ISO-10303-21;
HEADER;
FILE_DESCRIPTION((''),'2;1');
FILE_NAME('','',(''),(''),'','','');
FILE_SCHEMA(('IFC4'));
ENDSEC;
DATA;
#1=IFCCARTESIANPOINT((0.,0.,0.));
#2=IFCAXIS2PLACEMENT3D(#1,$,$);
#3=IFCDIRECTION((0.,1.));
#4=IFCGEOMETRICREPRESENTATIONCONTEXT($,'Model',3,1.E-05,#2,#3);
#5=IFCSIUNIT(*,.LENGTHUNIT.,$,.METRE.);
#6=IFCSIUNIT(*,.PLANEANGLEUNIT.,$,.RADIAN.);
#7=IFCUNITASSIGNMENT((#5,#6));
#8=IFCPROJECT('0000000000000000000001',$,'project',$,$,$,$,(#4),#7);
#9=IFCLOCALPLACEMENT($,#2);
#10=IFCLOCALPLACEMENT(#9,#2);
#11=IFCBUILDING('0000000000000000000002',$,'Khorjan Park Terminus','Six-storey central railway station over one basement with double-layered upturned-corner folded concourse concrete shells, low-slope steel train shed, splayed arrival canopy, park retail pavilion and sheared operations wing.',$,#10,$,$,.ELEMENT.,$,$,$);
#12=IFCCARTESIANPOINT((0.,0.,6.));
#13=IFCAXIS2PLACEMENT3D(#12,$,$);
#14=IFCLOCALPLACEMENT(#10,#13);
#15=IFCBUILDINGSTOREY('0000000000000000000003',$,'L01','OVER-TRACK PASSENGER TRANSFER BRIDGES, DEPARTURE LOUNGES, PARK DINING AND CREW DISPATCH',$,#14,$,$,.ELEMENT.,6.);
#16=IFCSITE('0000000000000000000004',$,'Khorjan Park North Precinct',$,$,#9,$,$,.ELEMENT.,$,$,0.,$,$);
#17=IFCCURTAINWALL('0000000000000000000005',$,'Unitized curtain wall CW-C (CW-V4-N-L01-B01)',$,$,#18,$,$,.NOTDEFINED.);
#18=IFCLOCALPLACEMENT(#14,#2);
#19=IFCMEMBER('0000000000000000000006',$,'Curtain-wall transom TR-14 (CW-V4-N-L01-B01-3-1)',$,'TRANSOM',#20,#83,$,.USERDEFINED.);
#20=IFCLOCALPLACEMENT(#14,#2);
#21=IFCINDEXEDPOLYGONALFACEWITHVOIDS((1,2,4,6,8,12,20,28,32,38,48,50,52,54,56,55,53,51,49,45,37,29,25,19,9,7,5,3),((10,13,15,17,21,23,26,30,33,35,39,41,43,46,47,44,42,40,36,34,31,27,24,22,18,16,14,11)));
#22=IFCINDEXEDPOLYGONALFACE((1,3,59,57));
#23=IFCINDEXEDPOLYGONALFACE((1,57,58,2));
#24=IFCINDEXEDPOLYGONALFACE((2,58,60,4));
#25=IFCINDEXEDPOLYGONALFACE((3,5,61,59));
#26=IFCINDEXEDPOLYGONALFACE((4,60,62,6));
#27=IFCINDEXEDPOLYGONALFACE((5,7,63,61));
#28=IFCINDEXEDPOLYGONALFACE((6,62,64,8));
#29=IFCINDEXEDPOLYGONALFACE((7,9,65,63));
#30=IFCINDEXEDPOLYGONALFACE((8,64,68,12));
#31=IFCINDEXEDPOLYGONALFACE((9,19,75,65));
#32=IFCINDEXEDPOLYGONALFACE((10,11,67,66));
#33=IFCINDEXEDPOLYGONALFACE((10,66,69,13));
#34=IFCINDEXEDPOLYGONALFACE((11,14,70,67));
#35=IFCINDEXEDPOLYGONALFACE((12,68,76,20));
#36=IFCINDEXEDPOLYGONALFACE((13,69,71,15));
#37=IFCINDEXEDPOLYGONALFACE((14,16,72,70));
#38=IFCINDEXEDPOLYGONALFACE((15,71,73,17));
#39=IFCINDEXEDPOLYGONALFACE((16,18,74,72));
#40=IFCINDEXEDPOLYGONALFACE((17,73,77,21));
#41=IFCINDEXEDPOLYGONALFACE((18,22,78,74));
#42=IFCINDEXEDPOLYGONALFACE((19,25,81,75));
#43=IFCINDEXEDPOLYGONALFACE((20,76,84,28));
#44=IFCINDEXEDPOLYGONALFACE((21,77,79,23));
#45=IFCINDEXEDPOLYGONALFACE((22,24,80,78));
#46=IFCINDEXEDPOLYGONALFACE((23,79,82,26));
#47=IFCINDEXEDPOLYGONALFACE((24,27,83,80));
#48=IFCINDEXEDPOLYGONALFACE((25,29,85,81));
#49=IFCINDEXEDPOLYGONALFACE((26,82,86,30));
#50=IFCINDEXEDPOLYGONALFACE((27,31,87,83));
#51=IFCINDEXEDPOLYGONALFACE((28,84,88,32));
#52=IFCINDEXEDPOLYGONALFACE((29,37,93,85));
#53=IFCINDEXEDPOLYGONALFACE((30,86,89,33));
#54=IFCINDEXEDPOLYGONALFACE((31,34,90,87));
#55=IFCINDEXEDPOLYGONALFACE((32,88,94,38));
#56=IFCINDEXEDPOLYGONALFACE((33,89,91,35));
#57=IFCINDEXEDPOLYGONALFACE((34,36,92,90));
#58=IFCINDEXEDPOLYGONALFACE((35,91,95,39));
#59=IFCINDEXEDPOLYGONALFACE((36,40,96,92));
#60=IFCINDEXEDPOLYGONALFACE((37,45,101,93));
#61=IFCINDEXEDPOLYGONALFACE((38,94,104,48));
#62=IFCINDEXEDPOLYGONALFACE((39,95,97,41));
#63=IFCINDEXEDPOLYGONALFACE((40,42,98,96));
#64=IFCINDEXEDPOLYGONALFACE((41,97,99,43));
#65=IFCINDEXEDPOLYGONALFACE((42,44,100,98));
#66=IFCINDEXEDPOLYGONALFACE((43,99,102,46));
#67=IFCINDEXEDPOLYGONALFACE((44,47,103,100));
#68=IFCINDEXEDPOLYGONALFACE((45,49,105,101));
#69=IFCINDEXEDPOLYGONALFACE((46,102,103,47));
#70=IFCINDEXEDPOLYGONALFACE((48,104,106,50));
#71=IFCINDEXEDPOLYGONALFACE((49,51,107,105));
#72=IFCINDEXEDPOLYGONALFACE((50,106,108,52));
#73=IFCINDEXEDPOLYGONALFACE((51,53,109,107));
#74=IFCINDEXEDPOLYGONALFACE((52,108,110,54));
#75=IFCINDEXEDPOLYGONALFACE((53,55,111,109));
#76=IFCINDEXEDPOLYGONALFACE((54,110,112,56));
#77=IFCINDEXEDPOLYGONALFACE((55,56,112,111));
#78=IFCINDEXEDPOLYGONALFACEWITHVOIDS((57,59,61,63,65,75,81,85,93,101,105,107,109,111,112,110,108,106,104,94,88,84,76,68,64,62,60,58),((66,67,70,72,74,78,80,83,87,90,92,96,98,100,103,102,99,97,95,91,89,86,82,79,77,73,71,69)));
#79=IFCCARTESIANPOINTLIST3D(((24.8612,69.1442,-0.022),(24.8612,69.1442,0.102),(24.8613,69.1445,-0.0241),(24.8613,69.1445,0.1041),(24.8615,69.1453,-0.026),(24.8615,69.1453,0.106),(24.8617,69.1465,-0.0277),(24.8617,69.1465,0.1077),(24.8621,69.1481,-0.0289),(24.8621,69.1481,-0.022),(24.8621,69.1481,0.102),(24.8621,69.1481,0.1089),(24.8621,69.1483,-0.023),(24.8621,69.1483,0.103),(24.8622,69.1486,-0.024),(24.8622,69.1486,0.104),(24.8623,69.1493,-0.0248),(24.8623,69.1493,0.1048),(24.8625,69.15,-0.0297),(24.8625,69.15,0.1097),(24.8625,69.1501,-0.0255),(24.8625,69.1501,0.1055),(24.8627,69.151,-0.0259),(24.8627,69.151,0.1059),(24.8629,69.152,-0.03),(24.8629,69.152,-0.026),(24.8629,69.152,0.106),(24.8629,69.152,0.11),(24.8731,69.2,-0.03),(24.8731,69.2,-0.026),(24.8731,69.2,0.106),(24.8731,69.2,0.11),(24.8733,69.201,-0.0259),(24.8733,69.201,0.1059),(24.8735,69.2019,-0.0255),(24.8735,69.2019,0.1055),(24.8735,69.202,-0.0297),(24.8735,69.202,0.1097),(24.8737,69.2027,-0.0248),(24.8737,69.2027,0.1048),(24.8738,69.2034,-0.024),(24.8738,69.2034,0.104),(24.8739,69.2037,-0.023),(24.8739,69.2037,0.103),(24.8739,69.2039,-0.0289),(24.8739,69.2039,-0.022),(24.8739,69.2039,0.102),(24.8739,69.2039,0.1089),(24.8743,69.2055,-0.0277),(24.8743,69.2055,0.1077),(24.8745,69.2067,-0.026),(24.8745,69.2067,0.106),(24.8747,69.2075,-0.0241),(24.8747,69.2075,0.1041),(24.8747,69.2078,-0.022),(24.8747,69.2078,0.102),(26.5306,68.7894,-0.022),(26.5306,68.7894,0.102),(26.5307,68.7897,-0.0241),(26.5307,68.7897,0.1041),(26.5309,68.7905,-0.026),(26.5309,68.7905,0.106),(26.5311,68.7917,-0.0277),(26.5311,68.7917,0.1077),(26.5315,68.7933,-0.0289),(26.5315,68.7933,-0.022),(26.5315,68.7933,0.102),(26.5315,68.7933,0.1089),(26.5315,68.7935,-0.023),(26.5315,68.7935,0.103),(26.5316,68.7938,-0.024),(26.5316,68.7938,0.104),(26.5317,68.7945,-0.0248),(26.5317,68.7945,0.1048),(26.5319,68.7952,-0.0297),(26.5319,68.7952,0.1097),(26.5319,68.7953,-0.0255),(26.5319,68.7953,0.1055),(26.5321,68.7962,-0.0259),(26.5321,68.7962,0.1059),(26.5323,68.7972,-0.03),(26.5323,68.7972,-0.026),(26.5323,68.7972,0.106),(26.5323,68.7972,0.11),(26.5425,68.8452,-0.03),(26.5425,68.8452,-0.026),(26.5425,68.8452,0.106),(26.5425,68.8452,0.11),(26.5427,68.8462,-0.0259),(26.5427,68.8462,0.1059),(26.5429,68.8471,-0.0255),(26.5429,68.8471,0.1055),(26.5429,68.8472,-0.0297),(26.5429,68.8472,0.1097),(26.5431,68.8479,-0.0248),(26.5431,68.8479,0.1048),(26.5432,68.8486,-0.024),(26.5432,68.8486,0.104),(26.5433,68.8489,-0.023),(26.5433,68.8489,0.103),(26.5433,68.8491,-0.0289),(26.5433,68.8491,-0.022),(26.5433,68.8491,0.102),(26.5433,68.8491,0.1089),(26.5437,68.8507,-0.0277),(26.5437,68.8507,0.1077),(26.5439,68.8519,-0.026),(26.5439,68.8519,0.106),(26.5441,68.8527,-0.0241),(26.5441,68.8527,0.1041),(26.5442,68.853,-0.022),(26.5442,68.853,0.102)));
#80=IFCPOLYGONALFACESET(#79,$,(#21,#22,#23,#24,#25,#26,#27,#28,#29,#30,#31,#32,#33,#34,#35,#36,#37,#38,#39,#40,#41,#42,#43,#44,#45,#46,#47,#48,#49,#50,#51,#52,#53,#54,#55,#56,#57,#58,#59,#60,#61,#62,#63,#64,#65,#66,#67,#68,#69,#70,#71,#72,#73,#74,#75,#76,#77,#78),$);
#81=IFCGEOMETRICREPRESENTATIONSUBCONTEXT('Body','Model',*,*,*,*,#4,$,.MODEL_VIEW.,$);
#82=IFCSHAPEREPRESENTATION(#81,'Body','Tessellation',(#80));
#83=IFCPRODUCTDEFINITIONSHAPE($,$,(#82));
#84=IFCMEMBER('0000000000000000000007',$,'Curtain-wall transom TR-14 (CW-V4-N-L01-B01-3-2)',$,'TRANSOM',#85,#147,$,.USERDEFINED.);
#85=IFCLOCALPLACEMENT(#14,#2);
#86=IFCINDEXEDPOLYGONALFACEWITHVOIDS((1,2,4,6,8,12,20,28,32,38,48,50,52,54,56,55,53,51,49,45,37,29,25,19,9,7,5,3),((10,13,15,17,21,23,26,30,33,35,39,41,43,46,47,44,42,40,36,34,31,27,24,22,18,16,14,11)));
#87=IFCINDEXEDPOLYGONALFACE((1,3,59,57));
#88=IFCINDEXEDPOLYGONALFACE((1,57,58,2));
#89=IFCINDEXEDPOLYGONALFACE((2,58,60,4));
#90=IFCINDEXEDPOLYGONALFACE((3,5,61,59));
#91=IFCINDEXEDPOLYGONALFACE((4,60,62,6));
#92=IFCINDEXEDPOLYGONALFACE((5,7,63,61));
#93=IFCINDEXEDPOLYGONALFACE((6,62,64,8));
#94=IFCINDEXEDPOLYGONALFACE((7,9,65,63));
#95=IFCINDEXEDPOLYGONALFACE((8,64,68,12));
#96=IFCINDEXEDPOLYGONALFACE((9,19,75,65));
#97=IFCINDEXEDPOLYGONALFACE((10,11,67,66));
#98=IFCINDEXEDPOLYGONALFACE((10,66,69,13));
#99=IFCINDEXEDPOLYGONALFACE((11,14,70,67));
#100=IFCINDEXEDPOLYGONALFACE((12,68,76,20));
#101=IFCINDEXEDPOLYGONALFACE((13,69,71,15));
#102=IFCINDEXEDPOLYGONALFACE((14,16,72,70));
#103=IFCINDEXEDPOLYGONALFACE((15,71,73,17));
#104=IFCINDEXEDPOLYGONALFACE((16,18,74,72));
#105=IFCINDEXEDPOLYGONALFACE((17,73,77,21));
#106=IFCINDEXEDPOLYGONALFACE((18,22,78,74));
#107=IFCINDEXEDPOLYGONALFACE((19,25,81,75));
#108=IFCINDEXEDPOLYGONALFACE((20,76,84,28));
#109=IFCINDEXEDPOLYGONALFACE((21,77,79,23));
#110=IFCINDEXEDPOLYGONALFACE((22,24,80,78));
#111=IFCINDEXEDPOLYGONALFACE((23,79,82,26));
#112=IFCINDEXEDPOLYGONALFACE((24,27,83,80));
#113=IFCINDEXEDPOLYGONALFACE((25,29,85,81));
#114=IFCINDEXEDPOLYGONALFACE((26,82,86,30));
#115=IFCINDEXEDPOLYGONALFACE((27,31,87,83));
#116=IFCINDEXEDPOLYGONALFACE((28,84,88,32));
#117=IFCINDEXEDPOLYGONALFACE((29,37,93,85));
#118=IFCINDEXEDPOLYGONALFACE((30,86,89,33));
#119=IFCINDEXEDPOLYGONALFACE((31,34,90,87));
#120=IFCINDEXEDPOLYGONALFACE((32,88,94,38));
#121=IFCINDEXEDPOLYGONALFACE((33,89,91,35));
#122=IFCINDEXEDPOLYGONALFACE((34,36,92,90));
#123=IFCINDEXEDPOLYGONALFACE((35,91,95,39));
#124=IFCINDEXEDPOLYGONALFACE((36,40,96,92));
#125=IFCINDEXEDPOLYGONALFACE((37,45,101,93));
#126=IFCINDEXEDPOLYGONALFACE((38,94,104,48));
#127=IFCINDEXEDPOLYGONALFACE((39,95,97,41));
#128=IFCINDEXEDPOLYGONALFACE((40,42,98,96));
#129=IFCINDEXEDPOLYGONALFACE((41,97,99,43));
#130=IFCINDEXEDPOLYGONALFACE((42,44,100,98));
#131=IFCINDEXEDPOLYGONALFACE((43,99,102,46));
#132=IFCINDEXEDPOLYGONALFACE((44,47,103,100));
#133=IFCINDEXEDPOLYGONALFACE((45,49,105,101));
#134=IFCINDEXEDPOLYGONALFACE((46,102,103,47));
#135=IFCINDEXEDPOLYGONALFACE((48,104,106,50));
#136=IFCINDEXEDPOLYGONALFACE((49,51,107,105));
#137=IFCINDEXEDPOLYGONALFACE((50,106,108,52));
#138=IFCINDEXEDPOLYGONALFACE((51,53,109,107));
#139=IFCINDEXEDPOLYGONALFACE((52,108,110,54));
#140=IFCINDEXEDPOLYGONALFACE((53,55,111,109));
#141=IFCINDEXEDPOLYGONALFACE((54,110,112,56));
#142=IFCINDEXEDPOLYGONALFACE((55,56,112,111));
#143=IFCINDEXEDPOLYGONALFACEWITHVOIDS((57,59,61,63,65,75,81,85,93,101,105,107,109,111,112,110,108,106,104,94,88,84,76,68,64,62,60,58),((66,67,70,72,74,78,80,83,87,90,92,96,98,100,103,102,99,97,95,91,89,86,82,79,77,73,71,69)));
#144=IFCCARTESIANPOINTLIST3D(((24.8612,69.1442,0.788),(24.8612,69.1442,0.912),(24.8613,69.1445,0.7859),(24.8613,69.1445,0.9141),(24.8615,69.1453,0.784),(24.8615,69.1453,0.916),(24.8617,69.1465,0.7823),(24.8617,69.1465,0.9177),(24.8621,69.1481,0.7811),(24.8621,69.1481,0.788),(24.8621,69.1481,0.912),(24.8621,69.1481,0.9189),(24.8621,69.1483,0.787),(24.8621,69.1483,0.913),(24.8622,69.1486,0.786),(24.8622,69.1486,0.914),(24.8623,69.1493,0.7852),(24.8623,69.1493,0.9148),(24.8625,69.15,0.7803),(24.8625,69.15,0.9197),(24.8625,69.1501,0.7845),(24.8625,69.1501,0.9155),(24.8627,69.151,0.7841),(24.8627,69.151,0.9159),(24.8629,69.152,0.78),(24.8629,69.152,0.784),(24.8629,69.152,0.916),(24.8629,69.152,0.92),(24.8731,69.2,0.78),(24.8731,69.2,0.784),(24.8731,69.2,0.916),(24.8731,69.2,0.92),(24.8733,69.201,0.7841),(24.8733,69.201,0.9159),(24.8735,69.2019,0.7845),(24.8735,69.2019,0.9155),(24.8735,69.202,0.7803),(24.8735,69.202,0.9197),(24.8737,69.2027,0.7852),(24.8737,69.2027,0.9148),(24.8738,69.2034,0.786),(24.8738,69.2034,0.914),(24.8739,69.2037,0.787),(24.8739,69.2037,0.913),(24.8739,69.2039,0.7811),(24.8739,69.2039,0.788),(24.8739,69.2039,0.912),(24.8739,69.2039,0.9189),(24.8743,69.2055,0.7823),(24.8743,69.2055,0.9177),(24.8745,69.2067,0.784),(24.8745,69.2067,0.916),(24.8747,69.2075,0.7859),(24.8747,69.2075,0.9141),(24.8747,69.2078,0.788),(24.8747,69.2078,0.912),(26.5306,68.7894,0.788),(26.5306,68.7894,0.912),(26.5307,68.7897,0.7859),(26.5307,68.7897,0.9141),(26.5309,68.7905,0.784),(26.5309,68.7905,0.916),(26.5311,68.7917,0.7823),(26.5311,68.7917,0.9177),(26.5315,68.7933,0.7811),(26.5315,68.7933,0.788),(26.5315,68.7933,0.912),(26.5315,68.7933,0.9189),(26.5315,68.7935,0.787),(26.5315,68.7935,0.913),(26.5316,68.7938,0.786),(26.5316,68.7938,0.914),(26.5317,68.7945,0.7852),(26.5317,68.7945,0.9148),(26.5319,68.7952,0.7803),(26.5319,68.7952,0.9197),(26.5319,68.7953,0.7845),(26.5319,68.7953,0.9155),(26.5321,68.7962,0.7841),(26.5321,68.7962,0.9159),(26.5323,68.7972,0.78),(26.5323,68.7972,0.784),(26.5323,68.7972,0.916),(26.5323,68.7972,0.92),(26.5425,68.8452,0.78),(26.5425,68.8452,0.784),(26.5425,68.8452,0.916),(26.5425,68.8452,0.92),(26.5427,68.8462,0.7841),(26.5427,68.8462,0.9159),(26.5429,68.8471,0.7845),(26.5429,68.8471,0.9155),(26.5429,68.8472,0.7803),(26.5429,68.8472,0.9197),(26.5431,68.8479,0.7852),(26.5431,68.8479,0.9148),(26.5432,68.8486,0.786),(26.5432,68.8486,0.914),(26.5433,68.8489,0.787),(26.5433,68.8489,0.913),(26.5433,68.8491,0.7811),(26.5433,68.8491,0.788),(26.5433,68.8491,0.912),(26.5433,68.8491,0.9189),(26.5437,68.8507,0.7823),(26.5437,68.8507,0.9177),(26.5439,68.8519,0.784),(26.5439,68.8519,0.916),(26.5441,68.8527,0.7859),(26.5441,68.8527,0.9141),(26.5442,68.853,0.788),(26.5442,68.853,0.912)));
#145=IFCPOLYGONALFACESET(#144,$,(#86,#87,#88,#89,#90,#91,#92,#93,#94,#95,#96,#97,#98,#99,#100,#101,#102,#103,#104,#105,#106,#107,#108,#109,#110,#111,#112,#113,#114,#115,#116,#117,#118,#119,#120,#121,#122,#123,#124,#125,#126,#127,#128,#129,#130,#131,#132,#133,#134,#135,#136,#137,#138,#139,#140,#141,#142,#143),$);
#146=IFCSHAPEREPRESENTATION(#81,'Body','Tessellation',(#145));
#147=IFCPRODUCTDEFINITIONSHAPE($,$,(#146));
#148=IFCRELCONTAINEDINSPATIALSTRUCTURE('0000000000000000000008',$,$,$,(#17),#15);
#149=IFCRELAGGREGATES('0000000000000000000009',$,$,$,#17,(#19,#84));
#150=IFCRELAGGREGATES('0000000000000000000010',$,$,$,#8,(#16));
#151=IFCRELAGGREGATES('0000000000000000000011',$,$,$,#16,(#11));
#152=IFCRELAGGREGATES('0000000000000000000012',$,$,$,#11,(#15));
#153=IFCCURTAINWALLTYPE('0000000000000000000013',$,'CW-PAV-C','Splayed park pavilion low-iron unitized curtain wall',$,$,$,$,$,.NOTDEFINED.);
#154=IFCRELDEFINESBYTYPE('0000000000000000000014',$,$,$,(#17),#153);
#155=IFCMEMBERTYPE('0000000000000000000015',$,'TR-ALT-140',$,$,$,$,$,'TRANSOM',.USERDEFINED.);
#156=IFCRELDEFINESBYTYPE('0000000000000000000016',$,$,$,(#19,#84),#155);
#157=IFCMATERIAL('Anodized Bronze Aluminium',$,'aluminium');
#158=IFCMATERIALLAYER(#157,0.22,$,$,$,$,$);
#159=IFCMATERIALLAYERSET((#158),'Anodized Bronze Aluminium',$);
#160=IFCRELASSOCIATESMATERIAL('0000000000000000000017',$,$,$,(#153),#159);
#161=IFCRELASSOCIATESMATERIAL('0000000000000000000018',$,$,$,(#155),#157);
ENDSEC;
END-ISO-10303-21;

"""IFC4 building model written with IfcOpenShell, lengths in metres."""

from ifc_helpers import new_model, si_unit, direction, frame, origin, origin_2d, place, context, subcontext, project, spatial, hollow_rectangle, extrude, material, layer, layer_set, material_profile, profile_set, type_object, element, aggregate, save


model = new_model("IFC4")

# Units and contexts
model_context = context("Model", 3, precision=1e-05, world=origin(), true_north=direction((0.0, 1.0)))
body_context = subcontext(model_context, "Body", "Model", "MODEL_VIEW")
ifc_project = project(units=[si_unit("LENGTHUNIT", "METRE"), si_unit("PLANEANGLEUNIT", "RADIAN")], contexts=[model_context])

# Site, building, storey
site_placement = place(None, origin())
site = spatial("IfcSite", under=ifc_project, at=site_placement, Name="Khorjan Park North Precinct", CompositionType="ELEMENT", RefElevation=0.0)
building_placement = place(site_placement, origin())
building = spatial("IfcBuilding", under=site, at=building_placement, Name="Khorjan Park Terminus", Description="Six-storey central railway station over one basement with double-layered upturned-corner folded concourse concrete shells, low-slope steel train shed, splayed arrival canopy, park retail pavilion and sheared operations wing.", CompositionType="ELEMENT")
storey_placement = place(building_placement, frame((0.0, 0.0, 6.0)))
storey = spatial("IfcBuildingStorey", under=building, at=storey_placement, Name="L01", Description="OVER-TRACK PASSENGER TRANSFER BRIDGES, DEPARTURE LOUNGES, PARK DINING AND CREW DISPATCH", CompositionType="ELEMENT", Elevation=6.0)

# Curtain wall, members
ifc_material_1 = material(Name="Anodized Bronze Aluminium", Category="aluminium")
ifc_layer_1 = layer(ifc_material_1, 0.22)
ifc_layer_set_1 = layer_set([ifc_layer_1], Name="Anodized Bronze Aluminium")
curtain_wall_type = type_object("IfcCurtainWallType", Name="CW-PAV-C", Description="Splayed park pavilion low-iron unitized curtain wall", PredefinedType="NOTDEFINED", material=ifc_layer_set_1)
curtain_wall_placement = place(storey_placement, origin())
curtain_wall = element("IfcCurtainWall", 1, at=curtain_wall_placement, inside=storey, type_object=curtain_wall_type, Name="Unitized curtain wall CW-C (CW-V4-N-L01-B01)", PredefinedType="NOTDEFINED")
ifc_material_profile_1 = material_profile(ifc_material_1, hollow_rectangle(XDim=0.065, YDim=0.14, WallThickness=0.004, InnerFilletRadius=0.004, OuterFilletRadius=0.008, at=origin_2d()), Name="ALT 65x140x4")
ifc_profile_set_1 = profile_set([ifc_material_profile_1], Name="Anodized Bronze Aluminium")
member_type_1 = type_object("IfcMemberType", Name="TR-ALT-140", ElementType="TRANSOM", PredefinedType="USERDEFINED", material=ifc_profile_set_1)
member_1_placement = place(storey_placement, frame((26.5374, 68.8212, 0.04), z_axis=(-0.978153, 0.207888, 0.0), x_axis=(-0.207888, -0.978153, 0.0)))
member_1 = element("IfcMember", 2, at=member_1_placement, type_object=member_type_1, Name="Curtain-wall transom TR-14 (CW-V4-N-L01-B01-3-1)", ObjectType="TRANSOM", PredefinedType="USERDEFINED", context=body_context, shape_type="SweptSolid", body=[
    extrude(hollow_rectangle(XDim=0.065, YDim=0.14, WallThickness=0.004, InnerFilletRadius=0.004, OuterFilletRadius=0.008, at=origin_2d()), origin(), (0.0, 0.0, 1.0), 1.7067),
])
member_2_placement = place(storey_placement, frame((26.5374, 68.8212, 0.85), z_axis=(-0.978153, 0.207888, 0.0), x_axis=(-0.207888, -0.978153, 0.0)))
member_2 = element("IfcMember", 3, at=member_2_placement, type_object=member_type_1, Name="Curtain-wall transom TR-14 (CW-V4-N-L01-B01-3-2)", ObjectType="TRANSOM", PredefinedType="USERDEFINED", context=body_context, shape_type="SweptSolid", body=[
    extrude(hollow_rectangle(XDim=0.065, YDim=0.14, WallThickness=0.004, InnerFilletRadius=0.004, OuterFilletRadius=0.008, at=origin_2d()), origin(), (0.0, 0.0, 1.0), 1.7067),
])
aggregate(curtain_wall, [member_1, member_2])

save(model, "model.ifc")
